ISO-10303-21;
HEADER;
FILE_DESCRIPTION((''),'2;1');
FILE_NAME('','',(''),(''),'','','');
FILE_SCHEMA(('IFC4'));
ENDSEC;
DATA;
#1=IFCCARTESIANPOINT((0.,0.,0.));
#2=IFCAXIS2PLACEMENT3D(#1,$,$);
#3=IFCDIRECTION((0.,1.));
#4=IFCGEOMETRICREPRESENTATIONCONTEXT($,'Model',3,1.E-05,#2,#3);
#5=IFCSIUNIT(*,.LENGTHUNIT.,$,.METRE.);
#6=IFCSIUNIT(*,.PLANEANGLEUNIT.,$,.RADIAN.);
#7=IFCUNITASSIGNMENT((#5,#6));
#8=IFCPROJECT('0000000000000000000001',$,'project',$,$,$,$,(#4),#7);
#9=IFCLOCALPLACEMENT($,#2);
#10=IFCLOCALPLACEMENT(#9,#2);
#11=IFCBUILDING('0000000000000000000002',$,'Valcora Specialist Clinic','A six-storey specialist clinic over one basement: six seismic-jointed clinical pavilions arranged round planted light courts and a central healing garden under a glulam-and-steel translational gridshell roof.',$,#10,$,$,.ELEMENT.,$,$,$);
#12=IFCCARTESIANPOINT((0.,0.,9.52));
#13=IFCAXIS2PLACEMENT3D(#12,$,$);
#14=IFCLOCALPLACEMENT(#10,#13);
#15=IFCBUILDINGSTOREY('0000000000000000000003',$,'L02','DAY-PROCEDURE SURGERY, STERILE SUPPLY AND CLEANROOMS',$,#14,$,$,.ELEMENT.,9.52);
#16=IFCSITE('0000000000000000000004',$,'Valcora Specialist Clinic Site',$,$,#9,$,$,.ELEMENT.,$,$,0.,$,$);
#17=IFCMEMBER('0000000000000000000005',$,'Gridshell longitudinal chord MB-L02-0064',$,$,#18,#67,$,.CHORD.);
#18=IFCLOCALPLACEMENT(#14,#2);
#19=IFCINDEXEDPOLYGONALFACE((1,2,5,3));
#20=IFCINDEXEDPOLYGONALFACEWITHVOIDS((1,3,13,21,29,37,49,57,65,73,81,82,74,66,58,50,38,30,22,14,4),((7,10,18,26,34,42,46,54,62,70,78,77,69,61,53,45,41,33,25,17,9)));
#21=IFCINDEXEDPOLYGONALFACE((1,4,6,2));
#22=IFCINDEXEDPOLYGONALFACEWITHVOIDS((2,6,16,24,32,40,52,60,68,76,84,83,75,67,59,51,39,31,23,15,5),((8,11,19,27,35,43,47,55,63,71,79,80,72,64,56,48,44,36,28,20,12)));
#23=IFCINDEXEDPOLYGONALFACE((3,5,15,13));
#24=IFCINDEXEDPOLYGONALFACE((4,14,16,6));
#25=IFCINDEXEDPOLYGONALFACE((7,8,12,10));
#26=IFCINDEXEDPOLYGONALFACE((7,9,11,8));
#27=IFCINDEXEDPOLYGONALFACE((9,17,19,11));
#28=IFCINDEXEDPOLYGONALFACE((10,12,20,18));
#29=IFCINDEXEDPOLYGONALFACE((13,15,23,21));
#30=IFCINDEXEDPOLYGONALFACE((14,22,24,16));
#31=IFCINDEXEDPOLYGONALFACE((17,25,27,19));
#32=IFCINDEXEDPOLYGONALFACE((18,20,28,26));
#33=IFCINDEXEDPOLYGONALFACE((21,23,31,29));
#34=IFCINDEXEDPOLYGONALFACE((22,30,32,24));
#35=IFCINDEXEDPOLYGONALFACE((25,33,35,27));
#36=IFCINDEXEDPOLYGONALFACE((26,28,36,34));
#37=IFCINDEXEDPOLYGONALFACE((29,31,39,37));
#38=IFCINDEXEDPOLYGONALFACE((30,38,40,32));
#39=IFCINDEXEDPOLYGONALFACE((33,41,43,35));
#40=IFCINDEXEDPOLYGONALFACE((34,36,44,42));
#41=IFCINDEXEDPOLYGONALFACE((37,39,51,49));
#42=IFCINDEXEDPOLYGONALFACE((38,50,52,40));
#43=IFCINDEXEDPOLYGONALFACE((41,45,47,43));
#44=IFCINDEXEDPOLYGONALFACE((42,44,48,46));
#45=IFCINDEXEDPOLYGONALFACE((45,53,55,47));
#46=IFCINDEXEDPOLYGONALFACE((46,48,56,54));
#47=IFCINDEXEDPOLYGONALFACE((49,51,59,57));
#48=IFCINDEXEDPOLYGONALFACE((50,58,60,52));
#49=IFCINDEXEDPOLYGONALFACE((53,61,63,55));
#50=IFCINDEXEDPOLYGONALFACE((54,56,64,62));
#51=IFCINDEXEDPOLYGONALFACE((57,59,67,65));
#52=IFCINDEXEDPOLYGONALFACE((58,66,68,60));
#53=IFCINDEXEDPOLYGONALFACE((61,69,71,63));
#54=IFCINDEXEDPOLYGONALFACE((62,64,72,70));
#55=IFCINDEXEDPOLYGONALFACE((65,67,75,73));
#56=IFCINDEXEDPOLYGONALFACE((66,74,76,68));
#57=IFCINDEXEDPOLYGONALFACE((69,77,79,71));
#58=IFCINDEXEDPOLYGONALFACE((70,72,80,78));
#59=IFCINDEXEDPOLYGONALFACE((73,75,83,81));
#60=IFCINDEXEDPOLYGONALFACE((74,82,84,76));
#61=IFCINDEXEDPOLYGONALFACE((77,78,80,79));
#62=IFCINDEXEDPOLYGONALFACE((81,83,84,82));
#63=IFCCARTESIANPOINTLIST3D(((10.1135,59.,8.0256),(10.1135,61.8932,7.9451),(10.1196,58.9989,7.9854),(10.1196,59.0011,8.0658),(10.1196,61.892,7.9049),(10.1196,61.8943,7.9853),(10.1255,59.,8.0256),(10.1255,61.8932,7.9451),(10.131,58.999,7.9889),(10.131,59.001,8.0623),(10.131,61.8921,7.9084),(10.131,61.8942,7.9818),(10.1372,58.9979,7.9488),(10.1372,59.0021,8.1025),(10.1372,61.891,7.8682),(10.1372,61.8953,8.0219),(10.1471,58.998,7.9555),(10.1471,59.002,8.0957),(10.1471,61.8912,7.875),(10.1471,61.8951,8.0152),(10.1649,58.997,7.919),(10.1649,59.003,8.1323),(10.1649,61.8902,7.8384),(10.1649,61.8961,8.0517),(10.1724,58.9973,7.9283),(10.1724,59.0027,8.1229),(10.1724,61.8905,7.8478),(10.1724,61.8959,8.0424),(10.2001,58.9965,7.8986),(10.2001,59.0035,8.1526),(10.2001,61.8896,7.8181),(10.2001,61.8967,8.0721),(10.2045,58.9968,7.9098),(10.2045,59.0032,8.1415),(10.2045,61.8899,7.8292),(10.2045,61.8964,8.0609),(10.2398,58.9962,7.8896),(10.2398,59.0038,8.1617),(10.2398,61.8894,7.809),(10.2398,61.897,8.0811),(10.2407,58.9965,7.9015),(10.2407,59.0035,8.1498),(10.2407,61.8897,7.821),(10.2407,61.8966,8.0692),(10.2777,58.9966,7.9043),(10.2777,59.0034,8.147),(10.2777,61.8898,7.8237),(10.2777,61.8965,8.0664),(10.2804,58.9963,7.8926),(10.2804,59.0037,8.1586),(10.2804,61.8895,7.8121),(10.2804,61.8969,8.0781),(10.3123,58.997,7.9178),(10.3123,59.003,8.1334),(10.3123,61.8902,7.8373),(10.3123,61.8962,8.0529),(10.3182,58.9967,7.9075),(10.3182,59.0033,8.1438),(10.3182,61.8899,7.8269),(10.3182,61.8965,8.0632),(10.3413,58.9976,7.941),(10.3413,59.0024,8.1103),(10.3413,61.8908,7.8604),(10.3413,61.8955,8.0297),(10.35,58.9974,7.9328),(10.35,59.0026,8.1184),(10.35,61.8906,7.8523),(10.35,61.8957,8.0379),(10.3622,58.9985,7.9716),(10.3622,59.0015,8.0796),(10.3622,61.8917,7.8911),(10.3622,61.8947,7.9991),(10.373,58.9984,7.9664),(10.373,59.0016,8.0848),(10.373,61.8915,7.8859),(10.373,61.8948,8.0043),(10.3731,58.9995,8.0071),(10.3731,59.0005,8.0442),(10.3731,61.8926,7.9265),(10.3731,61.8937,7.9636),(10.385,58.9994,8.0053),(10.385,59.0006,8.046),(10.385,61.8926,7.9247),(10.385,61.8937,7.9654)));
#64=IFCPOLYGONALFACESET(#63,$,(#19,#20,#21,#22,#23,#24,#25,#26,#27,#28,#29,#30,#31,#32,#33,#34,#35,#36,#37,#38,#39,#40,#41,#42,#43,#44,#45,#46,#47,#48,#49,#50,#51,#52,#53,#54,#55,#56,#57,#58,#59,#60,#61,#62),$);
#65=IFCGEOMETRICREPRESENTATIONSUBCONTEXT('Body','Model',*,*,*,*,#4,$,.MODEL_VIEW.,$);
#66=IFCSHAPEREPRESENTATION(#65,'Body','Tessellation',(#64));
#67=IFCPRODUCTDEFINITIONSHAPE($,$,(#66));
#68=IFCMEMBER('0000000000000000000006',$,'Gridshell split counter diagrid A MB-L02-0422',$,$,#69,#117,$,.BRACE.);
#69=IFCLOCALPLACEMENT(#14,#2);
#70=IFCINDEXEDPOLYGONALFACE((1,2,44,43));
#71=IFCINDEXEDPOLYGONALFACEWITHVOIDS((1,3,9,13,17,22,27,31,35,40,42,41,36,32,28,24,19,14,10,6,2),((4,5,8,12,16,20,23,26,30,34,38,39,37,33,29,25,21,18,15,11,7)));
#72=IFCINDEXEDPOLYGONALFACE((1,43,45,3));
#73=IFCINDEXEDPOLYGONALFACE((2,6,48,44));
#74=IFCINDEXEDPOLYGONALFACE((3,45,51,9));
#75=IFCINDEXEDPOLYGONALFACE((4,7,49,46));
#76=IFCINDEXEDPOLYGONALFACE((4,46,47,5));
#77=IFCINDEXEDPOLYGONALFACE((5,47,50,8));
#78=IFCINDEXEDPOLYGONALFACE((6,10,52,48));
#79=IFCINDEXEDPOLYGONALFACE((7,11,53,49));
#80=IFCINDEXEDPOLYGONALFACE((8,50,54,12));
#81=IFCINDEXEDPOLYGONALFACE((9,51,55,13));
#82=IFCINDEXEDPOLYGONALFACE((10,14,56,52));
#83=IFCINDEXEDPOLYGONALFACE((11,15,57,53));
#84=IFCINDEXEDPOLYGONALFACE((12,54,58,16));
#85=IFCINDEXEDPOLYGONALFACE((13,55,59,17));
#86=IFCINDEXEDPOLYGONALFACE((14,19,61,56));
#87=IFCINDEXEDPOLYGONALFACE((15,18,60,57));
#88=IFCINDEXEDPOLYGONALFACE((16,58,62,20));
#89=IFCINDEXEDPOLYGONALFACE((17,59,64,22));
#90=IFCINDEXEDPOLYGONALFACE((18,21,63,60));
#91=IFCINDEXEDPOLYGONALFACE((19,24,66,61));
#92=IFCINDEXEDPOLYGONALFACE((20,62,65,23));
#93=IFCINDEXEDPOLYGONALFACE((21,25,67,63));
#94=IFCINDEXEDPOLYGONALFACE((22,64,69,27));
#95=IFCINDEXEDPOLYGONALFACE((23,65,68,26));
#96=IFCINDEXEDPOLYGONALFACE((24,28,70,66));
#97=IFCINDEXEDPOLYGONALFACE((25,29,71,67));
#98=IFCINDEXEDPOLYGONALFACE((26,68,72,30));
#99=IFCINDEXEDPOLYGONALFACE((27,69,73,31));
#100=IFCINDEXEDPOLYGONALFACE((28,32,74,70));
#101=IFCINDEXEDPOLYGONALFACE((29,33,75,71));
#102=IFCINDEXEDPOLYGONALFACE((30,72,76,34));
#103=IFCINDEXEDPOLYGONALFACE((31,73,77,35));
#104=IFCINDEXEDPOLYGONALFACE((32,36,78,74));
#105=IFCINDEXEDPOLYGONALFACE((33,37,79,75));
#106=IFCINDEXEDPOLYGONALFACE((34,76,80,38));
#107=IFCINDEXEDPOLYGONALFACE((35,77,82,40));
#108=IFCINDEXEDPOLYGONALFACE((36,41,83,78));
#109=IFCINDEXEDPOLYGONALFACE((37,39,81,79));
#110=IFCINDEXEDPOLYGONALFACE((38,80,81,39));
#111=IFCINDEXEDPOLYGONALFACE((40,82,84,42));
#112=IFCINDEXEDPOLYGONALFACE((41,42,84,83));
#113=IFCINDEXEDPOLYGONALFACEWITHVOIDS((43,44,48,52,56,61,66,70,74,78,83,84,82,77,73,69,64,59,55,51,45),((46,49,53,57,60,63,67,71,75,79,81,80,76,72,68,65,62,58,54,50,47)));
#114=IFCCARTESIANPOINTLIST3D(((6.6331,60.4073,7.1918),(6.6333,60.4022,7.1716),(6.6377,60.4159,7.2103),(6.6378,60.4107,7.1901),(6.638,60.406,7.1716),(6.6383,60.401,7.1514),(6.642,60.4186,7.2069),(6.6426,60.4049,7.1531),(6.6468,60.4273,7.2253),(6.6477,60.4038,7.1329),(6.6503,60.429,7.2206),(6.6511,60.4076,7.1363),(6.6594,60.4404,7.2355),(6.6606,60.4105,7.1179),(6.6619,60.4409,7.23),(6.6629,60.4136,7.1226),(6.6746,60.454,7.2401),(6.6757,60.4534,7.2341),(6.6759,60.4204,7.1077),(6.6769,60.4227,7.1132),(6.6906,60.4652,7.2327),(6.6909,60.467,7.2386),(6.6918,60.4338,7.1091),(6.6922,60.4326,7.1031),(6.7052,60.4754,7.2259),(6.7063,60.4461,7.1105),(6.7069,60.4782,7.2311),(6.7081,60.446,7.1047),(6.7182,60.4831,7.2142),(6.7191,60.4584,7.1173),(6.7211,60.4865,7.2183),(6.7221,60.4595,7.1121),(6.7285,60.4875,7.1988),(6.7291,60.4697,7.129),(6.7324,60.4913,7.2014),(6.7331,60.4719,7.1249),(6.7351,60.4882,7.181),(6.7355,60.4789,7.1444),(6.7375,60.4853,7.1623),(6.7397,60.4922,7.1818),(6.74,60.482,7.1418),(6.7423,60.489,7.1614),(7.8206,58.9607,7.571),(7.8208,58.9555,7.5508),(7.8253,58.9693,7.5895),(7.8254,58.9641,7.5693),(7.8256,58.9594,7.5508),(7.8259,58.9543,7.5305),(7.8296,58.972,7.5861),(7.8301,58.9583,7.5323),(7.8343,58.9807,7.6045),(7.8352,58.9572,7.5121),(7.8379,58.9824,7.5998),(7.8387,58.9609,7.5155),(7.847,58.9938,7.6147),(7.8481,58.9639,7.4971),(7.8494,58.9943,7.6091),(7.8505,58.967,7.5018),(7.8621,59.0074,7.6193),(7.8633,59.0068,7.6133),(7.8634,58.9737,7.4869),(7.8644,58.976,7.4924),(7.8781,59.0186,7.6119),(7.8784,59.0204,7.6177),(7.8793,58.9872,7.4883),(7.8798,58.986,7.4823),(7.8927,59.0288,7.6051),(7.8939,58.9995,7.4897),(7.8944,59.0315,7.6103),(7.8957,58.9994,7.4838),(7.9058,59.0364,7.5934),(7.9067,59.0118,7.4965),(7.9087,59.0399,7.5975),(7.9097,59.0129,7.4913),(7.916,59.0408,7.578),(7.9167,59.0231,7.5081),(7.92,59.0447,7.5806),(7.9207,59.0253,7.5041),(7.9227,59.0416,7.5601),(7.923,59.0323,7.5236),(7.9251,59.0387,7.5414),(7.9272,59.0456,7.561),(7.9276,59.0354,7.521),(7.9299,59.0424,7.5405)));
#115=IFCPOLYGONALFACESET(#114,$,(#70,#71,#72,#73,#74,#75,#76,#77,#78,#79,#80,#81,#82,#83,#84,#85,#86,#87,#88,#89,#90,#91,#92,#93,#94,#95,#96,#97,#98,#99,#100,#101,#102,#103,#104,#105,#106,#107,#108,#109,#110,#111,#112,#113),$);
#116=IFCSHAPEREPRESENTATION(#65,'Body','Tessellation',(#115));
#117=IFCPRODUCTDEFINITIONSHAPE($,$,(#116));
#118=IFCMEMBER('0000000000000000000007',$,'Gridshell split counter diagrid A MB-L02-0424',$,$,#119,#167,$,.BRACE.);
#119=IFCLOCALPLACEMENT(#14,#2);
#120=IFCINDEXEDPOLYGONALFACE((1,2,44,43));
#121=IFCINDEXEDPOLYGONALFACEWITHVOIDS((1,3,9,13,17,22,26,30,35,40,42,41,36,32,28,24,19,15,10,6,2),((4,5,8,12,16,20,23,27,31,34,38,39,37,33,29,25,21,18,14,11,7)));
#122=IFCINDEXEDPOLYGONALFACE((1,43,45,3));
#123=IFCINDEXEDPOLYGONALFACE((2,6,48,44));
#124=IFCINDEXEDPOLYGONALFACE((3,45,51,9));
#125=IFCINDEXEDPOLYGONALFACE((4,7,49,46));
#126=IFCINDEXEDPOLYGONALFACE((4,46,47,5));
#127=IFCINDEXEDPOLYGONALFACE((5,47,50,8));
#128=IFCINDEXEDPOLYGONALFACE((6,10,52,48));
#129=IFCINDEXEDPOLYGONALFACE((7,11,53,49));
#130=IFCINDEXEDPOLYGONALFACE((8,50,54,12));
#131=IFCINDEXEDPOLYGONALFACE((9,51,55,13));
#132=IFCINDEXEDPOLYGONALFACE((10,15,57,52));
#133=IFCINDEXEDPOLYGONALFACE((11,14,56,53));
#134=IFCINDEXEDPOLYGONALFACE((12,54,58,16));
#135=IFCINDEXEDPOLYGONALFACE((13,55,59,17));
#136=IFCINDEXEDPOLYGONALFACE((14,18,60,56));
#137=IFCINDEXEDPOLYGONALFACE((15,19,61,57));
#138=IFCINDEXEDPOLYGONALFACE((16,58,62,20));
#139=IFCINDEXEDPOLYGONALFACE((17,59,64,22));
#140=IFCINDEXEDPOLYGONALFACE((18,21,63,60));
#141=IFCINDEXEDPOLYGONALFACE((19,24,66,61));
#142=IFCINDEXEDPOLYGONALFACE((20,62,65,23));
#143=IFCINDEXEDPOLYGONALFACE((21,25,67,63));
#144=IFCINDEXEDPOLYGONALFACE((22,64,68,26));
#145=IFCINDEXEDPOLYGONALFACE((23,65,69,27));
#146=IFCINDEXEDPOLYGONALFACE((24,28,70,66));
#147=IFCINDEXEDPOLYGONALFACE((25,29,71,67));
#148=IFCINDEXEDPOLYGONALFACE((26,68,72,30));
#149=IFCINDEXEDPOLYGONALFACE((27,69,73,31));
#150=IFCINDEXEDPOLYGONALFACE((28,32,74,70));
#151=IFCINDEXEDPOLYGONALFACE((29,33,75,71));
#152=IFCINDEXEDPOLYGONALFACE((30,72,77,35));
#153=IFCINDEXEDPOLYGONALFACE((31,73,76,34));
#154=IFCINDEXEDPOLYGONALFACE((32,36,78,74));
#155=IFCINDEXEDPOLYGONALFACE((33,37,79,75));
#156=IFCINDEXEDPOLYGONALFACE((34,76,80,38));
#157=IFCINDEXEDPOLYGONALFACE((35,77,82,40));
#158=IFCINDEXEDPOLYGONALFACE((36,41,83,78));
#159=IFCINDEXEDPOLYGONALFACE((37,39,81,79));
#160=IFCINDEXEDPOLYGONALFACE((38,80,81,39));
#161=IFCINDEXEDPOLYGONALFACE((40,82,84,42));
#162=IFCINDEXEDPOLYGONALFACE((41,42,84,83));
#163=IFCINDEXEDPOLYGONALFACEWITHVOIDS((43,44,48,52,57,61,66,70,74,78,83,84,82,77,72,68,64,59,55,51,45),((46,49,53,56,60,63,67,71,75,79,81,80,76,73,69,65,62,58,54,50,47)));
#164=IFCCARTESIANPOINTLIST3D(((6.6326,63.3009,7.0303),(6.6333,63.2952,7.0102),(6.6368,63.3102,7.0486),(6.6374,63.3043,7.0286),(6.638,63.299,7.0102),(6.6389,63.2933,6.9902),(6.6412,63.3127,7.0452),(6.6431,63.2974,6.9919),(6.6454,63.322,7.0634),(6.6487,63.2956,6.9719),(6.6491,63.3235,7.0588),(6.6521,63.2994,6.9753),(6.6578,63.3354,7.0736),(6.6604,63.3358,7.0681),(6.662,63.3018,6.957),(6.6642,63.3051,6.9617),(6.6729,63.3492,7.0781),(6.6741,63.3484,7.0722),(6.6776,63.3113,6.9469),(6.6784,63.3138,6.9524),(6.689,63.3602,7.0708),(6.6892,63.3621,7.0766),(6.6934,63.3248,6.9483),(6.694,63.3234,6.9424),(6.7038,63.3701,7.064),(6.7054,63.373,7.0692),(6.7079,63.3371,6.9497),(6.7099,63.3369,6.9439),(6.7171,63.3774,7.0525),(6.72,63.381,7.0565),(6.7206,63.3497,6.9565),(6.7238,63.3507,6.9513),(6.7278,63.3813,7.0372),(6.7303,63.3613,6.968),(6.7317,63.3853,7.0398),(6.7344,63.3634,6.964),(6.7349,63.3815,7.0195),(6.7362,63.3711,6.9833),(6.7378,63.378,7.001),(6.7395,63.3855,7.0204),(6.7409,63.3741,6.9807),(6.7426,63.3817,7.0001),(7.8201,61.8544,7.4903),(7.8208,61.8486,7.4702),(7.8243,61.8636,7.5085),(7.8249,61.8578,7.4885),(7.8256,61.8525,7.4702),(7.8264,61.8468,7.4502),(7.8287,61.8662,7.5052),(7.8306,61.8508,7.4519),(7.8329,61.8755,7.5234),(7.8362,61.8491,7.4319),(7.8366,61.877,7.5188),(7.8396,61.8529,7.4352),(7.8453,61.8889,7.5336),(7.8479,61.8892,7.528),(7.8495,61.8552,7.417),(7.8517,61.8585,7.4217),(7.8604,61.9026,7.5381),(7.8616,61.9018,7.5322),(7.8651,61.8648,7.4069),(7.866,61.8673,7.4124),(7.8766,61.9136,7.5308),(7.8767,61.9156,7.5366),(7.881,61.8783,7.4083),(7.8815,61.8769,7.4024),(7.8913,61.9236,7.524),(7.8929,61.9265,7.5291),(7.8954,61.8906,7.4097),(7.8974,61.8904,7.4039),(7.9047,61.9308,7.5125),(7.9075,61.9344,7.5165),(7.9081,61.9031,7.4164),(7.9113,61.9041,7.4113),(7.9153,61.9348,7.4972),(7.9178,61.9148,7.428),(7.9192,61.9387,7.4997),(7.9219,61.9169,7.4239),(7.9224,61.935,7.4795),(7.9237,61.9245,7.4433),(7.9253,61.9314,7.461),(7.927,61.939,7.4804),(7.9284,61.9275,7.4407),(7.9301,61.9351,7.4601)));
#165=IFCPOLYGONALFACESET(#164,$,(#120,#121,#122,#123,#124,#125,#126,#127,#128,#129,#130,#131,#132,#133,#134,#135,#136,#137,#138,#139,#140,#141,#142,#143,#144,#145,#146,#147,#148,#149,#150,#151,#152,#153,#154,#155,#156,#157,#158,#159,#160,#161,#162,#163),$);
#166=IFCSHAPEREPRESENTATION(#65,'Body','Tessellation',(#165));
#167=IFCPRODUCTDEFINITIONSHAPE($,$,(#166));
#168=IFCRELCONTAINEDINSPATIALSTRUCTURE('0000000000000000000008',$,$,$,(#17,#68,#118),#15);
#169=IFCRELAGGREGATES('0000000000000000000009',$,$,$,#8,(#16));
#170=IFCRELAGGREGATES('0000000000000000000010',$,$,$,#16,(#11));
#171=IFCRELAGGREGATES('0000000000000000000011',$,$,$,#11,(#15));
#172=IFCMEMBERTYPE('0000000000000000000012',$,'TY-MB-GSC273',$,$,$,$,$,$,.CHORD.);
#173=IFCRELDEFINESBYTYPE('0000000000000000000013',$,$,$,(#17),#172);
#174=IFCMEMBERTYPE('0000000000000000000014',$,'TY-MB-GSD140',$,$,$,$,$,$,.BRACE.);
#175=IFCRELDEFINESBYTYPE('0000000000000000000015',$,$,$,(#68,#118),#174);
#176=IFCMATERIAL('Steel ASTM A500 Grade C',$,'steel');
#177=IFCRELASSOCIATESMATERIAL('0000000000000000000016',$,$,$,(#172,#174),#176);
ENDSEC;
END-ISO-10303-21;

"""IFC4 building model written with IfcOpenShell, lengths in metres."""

from ifc_helpers import new_model, si_unit, direction, frame, origin, origin_2d, place, context, subcontext, project, spatial, hollow_circle, extrude, material, material_profile, profile_set, type_object, element, save


model = new_model("IFC4")

# Units and contexts
model_context = context("Model", 3, precision=1e-05, world=origin(), true_north=direction((0.0, 1.0)))
body_context = subcontext(model_context, "Body", "Model", "MODEL_VIEW")
ifc_project = project(units=[si_unit("LENGTHUNIT", "METRE"), si_unit("PLANEANGLEUNIT", "RADIAN")], contexts=[model_context])

# Site, building, storey
site_placement = place(None, origin())
site = spatial("IfcSite", under=ifc_project, at=site_placement, Name="Valcora Specialist Clinic Site", CompositionType="ELEMENT", RefElevation=0.0)
building_placement = place(site_placement, origin())
building = spatial("IfcBuilding", under=site, at=building_placement, Name="Valcora Specialist Clinic", Description="A six-storey specialist clinic over one basement: six seismic-jointed clinical pavilions arranged round planted light courts and a central healing garden under a glulam-and-steel translational gridshell roof.", CompositionType="ELEMENT")
storey_placement = place(building_placement, frame((0.0, 0.0, 9.52)))
storey = spatial("IfcBuildingStorey", under=building, at=storey_placement, Name="L02", Description="DAY-PROCEDURE SURGERY, STERILE SUPPLY AND CLEANROOMS", CompositionType="ELEMENT", Elevation=9.52)

# Members
ifc_material_1 = material(Name="Steel ASTM A500 Grade C", Category="steel")
ifc_material_profile_1 = material_profile(ifc_material_1, hollow_circle(Radius=0.1365, WallThickness=0.012, at=origin_2d()), Name="ST-CHS-273X12")
ifc_profile_set_1 = profile_set([ifc_material_profile_1], Name="Steel ASTM A500 Grade C")
member_type_1 = type_object("IfcMemberType", Name="TY-MB-GSC273", PredefinedType="CHORD", material=ifc_profile_set_1)
member_1_placement = place(storey_placement, frame((10.25, 59.0, 8.0256), z_axis=(0.0, 0.999612, -0.027837), x_axis=(-1.0, 0.0, 0.0)))
element("IfcMember", 1, at=member_1_placement, inside=storey, type_object=member_type_1, Name="Gridshell longitudinal chord MB-L02-0064", PredefinedType="CHORD", context=body_context, shape_type="SweptSolid", body=[
    extrude(hollow_circle(Radius=0.1365, WallThickness=0.012, at=origin_2d()), origin(), (0.0, 0.0, 1.0), 2.8943),
])
ifc_material_profile_2 = material_profile(ifc_material_1, hollow_circle(Radius=0.0701, WallThickness=0.0061, at=origin_2d()), Name="ST-CHS-140X6")
ifc_profile_set_2 = profile_set([ifc_material_profile_2], Name="Steel ASTM A500 Grade C")
member_type_2 = type_object("IfcMemberType", Name="TY-MB-GSD140", PredefinedType="BRACE", material=ifc_profile_set_2)
member_2_placement = place(storey_placement, frame((7.875, 59.0, 7.5508), z_axis=(-0.621875, 0.757527, -0.198555), x_axis=(-0.772916, -0.634508, 0.0)))
element("IfcMember", 2, at=member_2_placement, inside=storey, type_object=member_type_2, Name="Gridshell split counter diagrid A MB-L02-0422", PredefinedType="BRACE", context=body_context, shape_type="SweptSolid", body=[
    extrude(hollow_circle(Radius=0.0701, WallThickness=0.0061, at=origin_2d()), origin(), (0.0, 0.0, 1.0), 1.9097),
])
member_3_placement = place(storey_placement, frame((7.875, 61.8931, 7.4702), z_axis=(-0.616172, 0.75058, -0.238665), x_axis=(-0.772916, -0.634508, 0.0)))
element("IfcMember", 3, at=member_3_placement, inside=storey, type_object=member_type_2, Name="Gridshell split counter diagrid A MB-L02-0424", PredefinedType="BRACE", context=body_context, shape_type="SweptSolid", body=[
    extrude(hollow_circle(Radius=0.0701, WallThickness=0.0061, at=origin_2d()), origin(), (0.0, 0.0, 1.0), 1.9272),
])

save(model, "model.ifc")
